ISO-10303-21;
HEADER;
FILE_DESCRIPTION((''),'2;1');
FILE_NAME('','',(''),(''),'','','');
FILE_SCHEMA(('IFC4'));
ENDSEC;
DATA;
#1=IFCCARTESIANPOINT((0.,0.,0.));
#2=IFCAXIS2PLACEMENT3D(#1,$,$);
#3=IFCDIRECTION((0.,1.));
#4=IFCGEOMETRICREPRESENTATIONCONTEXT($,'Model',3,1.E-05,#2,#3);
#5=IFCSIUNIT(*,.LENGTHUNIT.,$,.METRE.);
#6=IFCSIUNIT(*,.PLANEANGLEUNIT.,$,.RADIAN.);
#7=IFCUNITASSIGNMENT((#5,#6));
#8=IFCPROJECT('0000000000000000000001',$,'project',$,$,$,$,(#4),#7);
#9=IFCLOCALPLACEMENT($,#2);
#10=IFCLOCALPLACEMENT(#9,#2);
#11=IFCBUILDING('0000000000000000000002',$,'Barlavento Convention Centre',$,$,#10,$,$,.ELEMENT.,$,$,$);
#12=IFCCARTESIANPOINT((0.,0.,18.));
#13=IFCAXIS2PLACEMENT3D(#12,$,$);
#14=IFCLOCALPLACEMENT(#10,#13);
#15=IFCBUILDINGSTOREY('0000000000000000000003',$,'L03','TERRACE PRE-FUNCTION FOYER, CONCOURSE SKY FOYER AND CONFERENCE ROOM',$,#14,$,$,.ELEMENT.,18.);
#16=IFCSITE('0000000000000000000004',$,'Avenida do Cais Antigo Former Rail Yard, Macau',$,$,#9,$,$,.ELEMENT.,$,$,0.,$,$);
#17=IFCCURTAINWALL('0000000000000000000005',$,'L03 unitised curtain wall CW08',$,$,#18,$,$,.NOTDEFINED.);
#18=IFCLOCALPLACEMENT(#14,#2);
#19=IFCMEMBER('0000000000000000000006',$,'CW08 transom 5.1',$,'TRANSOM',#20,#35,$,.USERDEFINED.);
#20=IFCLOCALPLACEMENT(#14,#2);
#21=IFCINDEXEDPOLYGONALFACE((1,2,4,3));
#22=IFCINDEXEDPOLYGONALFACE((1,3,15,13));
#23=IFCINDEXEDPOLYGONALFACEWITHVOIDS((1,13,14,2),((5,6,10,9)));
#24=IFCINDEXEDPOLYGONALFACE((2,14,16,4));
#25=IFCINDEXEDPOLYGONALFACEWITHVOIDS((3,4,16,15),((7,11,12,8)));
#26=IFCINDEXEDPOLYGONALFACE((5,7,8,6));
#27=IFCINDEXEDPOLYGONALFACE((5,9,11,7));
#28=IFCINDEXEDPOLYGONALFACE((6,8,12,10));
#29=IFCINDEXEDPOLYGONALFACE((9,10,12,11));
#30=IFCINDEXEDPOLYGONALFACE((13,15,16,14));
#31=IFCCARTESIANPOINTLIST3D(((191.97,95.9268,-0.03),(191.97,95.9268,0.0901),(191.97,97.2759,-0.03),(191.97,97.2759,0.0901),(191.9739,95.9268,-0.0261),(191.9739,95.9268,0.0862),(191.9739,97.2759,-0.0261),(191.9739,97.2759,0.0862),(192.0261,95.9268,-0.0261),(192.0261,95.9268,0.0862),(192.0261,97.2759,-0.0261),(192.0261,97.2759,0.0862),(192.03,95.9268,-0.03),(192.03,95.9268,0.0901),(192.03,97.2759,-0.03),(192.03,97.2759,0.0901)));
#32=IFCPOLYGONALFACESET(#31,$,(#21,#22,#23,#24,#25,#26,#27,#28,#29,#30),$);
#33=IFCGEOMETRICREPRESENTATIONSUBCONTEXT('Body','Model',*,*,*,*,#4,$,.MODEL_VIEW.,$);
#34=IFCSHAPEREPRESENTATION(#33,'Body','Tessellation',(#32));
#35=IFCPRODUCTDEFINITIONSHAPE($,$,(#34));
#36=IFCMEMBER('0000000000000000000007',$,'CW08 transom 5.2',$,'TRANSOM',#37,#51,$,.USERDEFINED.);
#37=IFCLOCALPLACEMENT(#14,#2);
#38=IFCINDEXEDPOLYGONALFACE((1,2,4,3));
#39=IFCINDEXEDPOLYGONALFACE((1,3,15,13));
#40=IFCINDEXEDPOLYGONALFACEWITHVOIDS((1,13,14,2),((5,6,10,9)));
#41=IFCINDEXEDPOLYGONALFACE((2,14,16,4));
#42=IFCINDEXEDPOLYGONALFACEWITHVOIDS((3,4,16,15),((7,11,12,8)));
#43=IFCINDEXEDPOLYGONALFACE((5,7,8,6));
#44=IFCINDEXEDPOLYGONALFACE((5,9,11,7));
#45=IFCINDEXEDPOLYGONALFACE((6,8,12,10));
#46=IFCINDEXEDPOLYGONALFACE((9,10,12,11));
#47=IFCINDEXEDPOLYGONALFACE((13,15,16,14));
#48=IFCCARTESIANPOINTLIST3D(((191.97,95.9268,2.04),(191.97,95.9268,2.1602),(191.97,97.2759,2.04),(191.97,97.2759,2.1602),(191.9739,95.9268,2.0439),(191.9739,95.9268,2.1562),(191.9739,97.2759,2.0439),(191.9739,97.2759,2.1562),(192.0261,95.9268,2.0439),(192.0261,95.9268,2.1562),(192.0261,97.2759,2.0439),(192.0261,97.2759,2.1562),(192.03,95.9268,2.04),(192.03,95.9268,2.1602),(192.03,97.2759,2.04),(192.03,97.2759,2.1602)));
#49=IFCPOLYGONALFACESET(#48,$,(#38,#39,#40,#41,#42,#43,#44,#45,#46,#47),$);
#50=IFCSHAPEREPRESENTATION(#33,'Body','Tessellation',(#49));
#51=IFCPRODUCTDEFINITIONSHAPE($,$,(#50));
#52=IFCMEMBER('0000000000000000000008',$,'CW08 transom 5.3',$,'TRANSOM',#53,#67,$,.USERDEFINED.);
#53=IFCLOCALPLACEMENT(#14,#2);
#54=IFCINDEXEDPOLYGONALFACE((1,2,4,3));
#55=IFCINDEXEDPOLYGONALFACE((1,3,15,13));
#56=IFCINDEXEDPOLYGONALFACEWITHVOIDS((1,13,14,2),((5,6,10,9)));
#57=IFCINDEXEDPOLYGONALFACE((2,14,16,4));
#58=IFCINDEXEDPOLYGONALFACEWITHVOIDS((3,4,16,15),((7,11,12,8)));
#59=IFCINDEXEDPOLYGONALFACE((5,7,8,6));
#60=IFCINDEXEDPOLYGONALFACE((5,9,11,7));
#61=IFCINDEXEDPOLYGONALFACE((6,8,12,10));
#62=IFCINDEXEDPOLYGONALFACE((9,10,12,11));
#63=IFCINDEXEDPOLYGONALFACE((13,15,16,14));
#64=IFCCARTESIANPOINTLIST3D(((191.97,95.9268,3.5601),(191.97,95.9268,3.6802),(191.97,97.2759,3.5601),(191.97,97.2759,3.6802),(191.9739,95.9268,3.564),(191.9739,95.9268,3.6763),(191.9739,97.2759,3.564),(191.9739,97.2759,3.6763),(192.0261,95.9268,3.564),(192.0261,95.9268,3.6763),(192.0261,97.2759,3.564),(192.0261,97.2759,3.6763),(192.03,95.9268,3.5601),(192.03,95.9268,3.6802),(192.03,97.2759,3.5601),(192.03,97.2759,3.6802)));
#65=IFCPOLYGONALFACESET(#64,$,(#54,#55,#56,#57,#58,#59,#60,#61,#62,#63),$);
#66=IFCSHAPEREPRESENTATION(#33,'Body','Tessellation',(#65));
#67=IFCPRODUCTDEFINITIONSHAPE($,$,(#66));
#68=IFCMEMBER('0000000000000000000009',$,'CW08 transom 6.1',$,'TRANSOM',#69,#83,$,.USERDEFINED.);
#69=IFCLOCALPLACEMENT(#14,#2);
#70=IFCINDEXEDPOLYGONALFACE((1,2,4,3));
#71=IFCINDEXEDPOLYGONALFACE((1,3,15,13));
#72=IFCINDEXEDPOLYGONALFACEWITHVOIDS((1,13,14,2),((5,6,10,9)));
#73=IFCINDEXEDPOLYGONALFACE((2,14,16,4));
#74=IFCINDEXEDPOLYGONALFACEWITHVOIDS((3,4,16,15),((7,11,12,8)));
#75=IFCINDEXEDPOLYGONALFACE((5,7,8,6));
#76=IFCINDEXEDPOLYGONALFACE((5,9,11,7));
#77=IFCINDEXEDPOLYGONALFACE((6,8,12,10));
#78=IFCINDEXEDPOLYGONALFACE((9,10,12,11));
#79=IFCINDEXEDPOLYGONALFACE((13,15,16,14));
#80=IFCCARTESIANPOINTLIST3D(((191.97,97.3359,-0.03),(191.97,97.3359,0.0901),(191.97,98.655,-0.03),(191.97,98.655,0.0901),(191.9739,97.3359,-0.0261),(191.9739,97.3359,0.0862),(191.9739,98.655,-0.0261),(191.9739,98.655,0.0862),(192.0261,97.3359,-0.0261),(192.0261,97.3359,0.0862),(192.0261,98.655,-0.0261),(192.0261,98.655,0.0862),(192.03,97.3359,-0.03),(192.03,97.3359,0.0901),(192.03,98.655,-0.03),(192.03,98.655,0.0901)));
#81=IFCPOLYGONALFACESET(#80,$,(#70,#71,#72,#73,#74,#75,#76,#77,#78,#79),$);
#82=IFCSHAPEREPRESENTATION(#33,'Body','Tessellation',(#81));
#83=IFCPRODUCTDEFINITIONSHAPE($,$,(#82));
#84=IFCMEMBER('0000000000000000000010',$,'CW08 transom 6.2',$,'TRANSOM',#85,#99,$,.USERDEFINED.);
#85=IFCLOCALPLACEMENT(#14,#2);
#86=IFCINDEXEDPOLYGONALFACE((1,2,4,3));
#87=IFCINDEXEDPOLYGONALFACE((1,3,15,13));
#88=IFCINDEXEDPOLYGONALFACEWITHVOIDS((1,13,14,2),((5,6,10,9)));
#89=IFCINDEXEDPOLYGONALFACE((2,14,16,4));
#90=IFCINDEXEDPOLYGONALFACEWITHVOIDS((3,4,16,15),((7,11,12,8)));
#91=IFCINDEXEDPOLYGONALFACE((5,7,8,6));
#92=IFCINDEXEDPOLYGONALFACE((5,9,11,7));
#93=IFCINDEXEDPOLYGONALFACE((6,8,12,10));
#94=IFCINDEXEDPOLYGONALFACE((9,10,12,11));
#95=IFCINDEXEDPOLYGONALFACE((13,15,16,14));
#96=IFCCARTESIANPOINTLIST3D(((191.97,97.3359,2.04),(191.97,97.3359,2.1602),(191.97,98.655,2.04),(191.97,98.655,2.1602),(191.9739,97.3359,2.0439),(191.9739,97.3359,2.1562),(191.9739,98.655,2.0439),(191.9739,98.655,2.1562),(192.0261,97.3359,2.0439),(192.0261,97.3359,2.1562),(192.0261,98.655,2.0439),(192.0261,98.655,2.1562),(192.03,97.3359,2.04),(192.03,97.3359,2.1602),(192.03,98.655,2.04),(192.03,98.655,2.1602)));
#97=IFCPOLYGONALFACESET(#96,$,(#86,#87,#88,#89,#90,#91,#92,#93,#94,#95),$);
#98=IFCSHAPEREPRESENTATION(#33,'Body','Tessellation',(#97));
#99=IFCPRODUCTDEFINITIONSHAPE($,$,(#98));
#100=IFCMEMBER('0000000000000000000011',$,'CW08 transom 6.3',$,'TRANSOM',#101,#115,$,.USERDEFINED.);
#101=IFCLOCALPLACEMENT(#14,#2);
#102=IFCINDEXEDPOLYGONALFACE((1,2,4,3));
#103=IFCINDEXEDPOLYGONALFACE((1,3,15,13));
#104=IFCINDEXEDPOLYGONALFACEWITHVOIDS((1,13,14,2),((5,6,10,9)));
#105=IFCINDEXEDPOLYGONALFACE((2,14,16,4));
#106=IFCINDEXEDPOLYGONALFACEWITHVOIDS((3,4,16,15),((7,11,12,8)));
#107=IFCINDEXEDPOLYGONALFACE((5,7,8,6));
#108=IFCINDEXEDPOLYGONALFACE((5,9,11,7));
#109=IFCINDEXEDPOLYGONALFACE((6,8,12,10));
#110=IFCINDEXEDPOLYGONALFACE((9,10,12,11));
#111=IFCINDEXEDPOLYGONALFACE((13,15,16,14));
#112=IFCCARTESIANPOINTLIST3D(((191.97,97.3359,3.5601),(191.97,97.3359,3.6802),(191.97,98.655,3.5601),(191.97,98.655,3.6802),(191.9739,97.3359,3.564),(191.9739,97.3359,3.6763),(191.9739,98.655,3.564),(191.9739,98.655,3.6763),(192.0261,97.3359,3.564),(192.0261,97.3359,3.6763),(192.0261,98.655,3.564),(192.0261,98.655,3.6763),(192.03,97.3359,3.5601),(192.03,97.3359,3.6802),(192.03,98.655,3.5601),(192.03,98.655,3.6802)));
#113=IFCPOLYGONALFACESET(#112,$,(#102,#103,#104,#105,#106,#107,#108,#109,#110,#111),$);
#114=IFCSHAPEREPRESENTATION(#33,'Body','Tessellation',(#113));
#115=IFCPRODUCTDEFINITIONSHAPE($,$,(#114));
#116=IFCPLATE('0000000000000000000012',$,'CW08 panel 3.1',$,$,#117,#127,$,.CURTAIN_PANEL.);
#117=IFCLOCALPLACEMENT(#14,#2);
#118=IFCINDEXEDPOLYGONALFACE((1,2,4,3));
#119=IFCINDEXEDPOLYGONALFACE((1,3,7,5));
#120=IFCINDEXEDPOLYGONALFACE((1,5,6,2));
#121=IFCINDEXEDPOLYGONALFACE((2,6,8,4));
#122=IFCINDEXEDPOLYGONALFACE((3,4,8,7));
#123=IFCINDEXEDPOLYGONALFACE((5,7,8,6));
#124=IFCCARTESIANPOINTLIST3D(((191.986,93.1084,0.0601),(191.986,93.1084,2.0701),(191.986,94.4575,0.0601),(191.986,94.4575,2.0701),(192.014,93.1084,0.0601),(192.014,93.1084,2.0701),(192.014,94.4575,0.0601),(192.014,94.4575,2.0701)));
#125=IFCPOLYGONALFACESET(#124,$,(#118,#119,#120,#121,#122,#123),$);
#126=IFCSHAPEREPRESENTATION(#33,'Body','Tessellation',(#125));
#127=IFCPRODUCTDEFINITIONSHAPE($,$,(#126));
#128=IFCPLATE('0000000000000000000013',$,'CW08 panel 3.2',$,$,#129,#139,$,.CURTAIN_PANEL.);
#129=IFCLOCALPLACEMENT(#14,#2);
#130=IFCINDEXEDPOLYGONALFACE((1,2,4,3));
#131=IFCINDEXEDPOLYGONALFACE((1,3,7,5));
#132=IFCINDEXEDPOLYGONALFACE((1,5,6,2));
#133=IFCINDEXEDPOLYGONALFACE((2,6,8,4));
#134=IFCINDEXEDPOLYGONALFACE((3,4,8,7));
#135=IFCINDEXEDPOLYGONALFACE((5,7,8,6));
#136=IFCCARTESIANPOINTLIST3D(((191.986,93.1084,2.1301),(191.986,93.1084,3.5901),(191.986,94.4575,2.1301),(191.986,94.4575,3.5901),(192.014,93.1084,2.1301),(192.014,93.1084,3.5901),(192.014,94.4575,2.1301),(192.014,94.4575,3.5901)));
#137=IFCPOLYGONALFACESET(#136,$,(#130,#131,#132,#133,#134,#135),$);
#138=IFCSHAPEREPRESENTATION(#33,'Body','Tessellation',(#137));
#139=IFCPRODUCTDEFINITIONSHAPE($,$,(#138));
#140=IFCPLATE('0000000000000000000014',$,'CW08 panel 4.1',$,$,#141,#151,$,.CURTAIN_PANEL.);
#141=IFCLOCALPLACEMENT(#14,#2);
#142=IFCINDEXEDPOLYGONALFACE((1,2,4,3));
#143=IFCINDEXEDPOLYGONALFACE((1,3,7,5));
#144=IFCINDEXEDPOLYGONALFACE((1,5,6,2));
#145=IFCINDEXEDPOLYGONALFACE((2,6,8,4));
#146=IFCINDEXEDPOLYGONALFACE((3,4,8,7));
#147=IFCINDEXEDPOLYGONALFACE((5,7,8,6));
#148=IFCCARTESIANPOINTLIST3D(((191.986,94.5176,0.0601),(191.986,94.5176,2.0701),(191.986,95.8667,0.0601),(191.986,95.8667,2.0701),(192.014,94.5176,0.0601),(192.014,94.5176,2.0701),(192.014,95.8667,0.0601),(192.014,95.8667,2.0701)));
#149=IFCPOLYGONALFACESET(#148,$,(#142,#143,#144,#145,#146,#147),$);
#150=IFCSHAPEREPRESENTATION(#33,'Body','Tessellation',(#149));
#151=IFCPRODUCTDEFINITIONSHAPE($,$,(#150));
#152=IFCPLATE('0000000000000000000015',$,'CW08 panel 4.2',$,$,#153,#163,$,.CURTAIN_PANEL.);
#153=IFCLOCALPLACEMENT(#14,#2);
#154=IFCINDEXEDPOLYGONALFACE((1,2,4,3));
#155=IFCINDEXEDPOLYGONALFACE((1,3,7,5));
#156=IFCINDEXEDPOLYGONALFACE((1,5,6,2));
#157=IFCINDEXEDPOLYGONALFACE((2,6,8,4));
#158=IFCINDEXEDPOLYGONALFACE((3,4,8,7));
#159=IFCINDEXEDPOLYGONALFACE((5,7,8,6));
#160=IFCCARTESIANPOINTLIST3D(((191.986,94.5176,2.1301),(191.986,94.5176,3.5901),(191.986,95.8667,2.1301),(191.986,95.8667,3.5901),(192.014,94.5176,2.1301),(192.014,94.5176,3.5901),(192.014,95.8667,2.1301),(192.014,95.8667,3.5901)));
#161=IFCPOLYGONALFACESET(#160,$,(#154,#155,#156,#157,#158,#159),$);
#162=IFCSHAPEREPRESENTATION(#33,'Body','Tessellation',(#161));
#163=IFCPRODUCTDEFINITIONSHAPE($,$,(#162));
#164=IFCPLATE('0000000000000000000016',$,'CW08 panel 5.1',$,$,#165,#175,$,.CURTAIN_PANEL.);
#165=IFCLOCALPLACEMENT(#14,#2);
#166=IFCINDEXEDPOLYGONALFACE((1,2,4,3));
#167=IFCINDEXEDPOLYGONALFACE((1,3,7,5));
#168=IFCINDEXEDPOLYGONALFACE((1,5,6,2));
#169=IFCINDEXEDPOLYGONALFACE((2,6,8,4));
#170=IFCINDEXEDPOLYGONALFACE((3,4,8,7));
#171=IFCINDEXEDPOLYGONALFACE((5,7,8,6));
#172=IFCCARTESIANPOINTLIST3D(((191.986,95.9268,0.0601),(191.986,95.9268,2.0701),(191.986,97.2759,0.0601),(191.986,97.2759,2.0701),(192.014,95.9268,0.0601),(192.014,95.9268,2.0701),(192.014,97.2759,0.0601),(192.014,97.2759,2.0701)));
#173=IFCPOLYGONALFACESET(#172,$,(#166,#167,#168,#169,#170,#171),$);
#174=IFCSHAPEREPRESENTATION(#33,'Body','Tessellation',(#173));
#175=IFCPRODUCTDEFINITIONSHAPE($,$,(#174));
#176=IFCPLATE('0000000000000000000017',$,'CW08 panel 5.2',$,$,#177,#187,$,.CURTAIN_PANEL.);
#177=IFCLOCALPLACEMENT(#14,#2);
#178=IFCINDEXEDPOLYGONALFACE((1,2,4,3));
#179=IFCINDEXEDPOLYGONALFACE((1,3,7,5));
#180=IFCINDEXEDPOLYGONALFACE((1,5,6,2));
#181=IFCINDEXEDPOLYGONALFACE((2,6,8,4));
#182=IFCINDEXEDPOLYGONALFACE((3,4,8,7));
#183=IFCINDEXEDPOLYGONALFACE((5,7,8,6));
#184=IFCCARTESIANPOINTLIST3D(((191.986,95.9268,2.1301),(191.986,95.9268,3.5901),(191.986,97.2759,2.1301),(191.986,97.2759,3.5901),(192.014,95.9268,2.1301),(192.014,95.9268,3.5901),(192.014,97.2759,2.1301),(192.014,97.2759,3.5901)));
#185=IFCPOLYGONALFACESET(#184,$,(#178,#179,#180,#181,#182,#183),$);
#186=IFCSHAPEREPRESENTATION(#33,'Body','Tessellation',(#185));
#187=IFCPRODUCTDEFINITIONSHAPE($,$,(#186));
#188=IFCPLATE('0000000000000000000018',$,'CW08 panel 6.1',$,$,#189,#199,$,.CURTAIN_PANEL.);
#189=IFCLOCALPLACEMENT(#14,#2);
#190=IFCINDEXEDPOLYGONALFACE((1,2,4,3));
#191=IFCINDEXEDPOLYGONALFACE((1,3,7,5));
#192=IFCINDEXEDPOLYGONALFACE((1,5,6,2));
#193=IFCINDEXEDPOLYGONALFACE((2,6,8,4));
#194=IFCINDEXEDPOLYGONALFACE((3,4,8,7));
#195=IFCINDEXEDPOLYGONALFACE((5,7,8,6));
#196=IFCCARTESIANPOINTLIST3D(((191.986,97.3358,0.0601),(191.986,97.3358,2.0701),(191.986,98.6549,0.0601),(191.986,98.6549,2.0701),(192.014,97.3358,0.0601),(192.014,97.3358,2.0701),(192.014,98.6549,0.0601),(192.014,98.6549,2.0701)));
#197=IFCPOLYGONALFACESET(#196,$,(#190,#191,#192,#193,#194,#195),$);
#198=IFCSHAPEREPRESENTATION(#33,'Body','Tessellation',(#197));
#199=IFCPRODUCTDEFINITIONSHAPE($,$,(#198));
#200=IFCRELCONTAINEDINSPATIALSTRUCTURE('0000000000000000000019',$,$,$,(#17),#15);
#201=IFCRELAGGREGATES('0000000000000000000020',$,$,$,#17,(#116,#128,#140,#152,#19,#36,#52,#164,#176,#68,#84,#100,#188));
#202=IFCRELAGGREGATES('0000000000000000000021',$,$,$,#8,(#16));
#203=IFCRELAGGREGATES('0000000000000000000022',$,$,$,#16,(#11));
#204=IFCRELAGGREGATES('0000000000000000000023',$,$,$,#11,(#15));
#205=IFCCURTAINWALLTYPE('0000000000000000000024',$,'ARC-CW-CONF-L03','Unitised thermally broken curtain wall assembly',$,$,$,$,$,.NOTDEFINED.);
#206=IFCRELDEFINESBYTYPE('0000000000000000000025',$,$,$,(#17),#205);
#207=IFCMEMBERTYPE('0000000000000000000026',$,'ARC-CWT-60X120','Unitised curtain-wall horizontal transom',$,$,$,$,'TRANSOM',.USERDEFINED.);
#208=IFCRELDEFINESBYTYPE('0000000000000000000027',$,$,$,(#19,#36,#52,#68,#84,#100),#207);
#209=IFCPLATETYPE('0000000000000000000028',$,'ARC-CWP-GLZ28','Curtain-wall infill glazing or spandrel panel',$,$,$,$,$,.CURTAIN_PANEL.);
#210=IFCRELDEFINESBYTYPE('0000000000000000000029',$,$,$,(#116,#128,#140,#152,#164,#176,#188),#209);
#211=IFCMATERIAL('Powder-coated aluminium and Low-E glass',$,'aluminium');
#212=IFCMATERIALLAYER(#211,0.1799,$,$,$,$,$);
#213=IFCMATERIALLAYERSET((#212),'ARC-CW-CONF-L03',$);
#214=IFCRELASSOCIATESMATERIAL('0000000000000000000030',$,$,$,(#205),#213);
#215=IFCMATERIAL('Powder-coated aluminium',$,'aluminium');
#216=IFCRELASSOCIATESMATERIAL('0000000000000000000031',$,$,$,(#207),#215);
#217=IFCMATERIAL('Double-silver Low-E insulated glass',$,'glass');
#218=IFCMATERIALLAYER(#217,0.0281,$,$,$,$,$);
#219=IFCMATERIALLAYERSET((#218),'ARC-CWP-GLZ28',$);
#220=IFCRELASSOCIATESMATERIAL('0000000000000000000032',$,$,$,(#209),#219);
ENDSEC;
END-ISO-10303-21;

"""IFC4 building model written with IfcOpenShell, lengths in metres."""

from ifc_helpers import new_model, si_unit, direction, frame, origin, origin_2d, place, context, subcontext, project, spatial, rectangle, hollow_rectangle, extrude, material, layer, layer_set, material_profile, profile_set, type_object, element, aggregate, save


model = new_model("IFC4")

# Units and contexts
model_context = context("Model", 3, precision=1e-05, world=origin(), true_north=direction((0.0, 1.0)))
body_context = subcontext(model_context, "Body", "Model", "MODEL_VIEW")
ifc_project = project(units=[si_unit("LENGTHUNIT", "METRE"), si_unit("PLANEANGLEUNIT", "RADIAN")], contexts=[model_context])

# Site, building, storey
site_placement = place(None, origin())
site = spatial("IfcSite", under=ifc_project, at=site_placement, Name="Avenida do Cais Antigo Former Rail Yard, Macau", CompositionType="ELEMENT", RefElevation=0.0)
building_placement = place(site_placement, origin())
building = spatial("IfcBuilding", under=site, at=building_placement, Name="Barlavento Convention Centre", CompositionType="ELEMENT")
storey_placement = place(building_placement, frame((0.0, 0.0, 18.0)))
storey = spatial("IfcBuildingStorey", under=building, at=storey_placement, Name="L03", Description="TERRACE PRE-FUNCTION FOYER, CONCOURSE SKY FOYER AND CONFERENCE ROOM", CompositionType="ELEMENT", Elevation=18.0)

# Curtain wall, members, plates
ifc_material_1 = material(Name="Powder-coated aluminium and Low-E glass", Category="aluminium")
ifc_layer_1 = layer(ifc_material_1, 0.1799)
ifc_layer_set_1 = layer_set([ifc_layer_1], Name="ARC-CW-CONF-L03")
curtain_wall_type = type_object("IfcCurtainWallType", Name="ARC-CW-CONF-L03", Description="Unitised thermally broken curtain wall assembly", PredefinedType="NOTDEFINED", material=ifc_layer_set_1)
curtain_wall_placement = place(storey_placement, origin())
curtain_wall = element("IfcCurtainWall", 1, at=curtain_wall_placement, inside=storey, type_object=curtain_wall_type, Name="L03 unitised curtain wall CW08", PredefinedType="NOTDEFINED")
ifc_material_2 = material(Name="Powder-coated aluminium", Category="aluminium")
ifc_material_profile_1 = material_profile(ifc_material_2, hollow_rectangle(XDim=0.0601, YDim=0.1201, WallThickness=0.0039, at=origin_2d()), Name="AL-TRAN 60x120x4")
ifc_profile_set_1 = profile_set([ifc_material_profile_1], Name="Powder-coated aluminium")
member_type_1 = type_object("IfcMemberType", Name="ARC-CWT-60X120", Description="Unitised curtain-wall horizontal transom", ElementType="TRANSOM", PredefinedType="USERDEFINED", material=ifc_profile_set_1)
member_1_placement = place(storey_placement, frame((192.0, 95.9268, 0.03), z_axis=(0.0, 1.0, 0.0), x_axis=(-1.0, 0.0, 0.0)))
member_1 = element("IfcMember", 2, at=member_1_placement, type_object=member_type_1, Name="CW08 transom 5.1", ObjectType="TRANSOM", PredefinedType="USERDEFINED", context=body_context, shape_type="SweptSolid", body=[
    extrude(hollow_rectangle(XDim=0.0601, YDim=0.1201, WallThickness=0.0039, at=origin_2d()), origin(), (0.0, 0.0, 1.0), 1.3491),
])
member_2_placement = place(storey_placement, frame((192.0, 95.9268, 2.1001), z_axis=(0.0, 1.0, 0.0), x_axis=(-1.0, 0.0, 0.0)))
member_2 = element("IfcMember", 3, at=member_2_placement, type_object=member_type_1, Name="CW08 transom 5.2", ObjectType="TRANSOM", PredefinedType="USERDEFINED", context=body_context, shape_type="SweptSolid", body=[
    extrude(hollow_rectangle(XDim=0.0601, YDim=0.1201, WallThickness=0.0039, at=origin_2d()), origin(), (0.0, 0.0, 1.0), 1.3491),
])
member_3_placement = place(storey_placement, frame((192.0, 95.9268, 3.6201), z_axis=(0.0, 1.0, 0.0), x_axis=(-1.0, 0.0, 0.0)))
member_3 = element("IfcMember", 4, at=member_3_placement, type_object=member_type_1, Name="CW08 transom 5.3", ObjectType="TRANSOM", PredefinedType="USERDEFINED", context=body_context, shape_type="SweptSolid", body=[
    extrude(hollow_rectangle(XDim=0.0601, YDim=0.1201, WallThickness=0.0039, at=origin_2d()), origin(), (0.0, 0.0, 1.0), 1.3491),
])
member_4_placement = place(storey_placement, frame((192.0, 97.3359, 0.03), z_axis=(0.0, 1.0, 0.0), x_axis=(-1.0, 0.0, 0.0)))
member_4 = element("IfcMember", 5, at=member_4_placement, type_object=member_type_1, Name="CW08 transom 6.1", ObjectType="TRANSOM", PredefinedType="USERDEFINED", context=body_context, shape_type="SweptSolid", body=[
    extrude(hollow_rectangle(XDim=0.0601, YDim=0.1201, WallThickness=0.0039, at=origin_2d()), origin(), (0.0, 0.0, 1.0), 1.3191),
])
member_5_placement = place(storey_placement, frame((192.0, 97.3359, 2.1001), z_axis=(0.0, 1.0, 0.0), x_axis=(-1.0, 0.0, 0.0)))
member_5 = element("IfcMember", 6, at=member_5_placement, type_object=member_type_1, Name="CW08 transom 6.2", ObjectType="TRANSOM", PredefinedType="USERDEFINED", context=body_context, shape_type="SweptSolid", body=[
    extrude(hollow_rectangle(XDim=0.0601, YDim=0.1201, WallThickness=0.0039, at=origin_2d()), origin(), (0.0, 0.0, 1.0), 1.3191),
])
member_6_placement = place(storey_placement, frame((192.0, 97.3359, 3.6201), z_axis=(0.0, 1.0, 0.0), x_axis=(-1.0, 0.0, 0.0)))
member_6 = element("IfcMember", 7, at=member_6_placement, type_object=member_type_1, Name="CW08 transom 6.3", ObjectType="TRANSOM", PredefinedType="USERDEFINED", context=body_context, shape_type="SweptSolid", body=[
    extrude(hollow_rectangle(XDim=0.0601, YDim=0.1201, WallThickness=0.0039, at=origin_2d()), origin(), (0.0, 0.0, 1.0), 1.3191),
])
ifc_material_3 = material(Name="Double-silver Low-E insulated glass", Category="glass")
ifc_layer_2 = layer(ifc_material_3, 0.0281)
ifc_layer_set_2 = layer_set([ifc_layer_2], Name="ARC-CWP-GLZ28")
plate_type = type_object("IfcPlateType", Name="ARC-CWP-GLZ28", Description="Curtain-wall infill glazing or spandrel panel", PredefinedType="CURTAIN_PANEL", material=ifc_layer_set_2)
plate_1_placement = place(storey_placement, frame((192.0, 93.783, 0.0601), z_axis=(0.0, 0.0, 1.0), x_axis=(0.0, 1.0, 0.0)))
plate_1 = element("IfcPlate", 8, at=plate_1_placement, type_object=plate_type, Name="CW08 panel 3.1", PredefinedType="CURTAIN_PANEL", context=body_context, shape_type="SweptSolid", body=[
    extrude(rectangle(XDim=1.3491, YDim=0.0281, at=origin_2d()), origin(), (0.0, 0.0, 1.0), 2.01),
])
plate_2_placement = place(storey_placement, frame((192.0, 93.783, 2.1301), z_axis=(0.0, 0.0, 1.0), x_axis=(0.0, 1.0, 0.0)))
plate_2 = element("IfcPlate", 9, at=plate_2_placement, type_object=plate_type, Name="CW08 panel 3.2", PredefinedType="CURTAIN_PANEL", context=body_context, shape_type="SweptSolid", body=[
    extrude(rectangle(XDim=1.3491, YDim=0.0281, at=origin_2d()), origin(), (0.0, 0.0, 1.0), 1.46),
])
plate_3_placement = place(storey_placement, frame((192.0, 95.1921, 0.0601), z_axis=(0.0, 0.0, 1.0), x_axis=(0.0, 1.0, 0.0)))
plate_3 = element("IfcPlate", 10, at=plate_3_placement, type_object=plate_type, Name="CW08 panel 4.1", PredefinedType="CURTAIN_PANEL", context=body_context, shape_type="SweptSolid", body=[
    extrude(rectangle(XDim=1.3491, YDim=0.0281, at=origin_2d()), origin(), (0.0, 0.0, 1.0), 2.01),
])
plate_4_placement = place(storey_placement, frame((192.0, 95.1921, 2.1301), z_axis=(0.0, 0.0, 1.0), x_axis=(0.0, 1.0, 0.0)))
plate_4 = element("IfcPlate", 11, at=plate_4_placement, type_object=plate_type, Name="CW08 panel 4.2", PredefinedType="CURTAIN_PANEL", context=body_context, shape_type="SweptSolid", body=[
    extrude(rectangle(XDim=1.3491, YDim=0.0281, at=origin_2d()), origin(), (0.0, 0.0, 1.0), 1.46),
])
plate_5_placement = place(storey_placement, frame((192.0, 96.6013, 0.0601), z_axis=(0.0, 0.0, 1.0), x_axis=(0.0, 1.0, 0.0)))
plate_5 = element("IfcPlate", 12, at=plate_5_placement, type_object=plate_type, Name="CW08 panel 5.1", PredefinedType="CURTAIN_PANEL", context=body_context, shape_type="SweptSolid", body=[
    extrude(rectangle(XDim=1.3491, YDim=0.0281, at=origin_2d()), origin(), (0.0, 0.0, 1.0), 2.01),
])
plate_6_placement = place(storey_placement, frame((192.0, 96.6013, 2.1301), z_axis=(0.0, 0.0, 1.0), x_axis=(0.0, 1.0, 0.0)))
plate_6 = element("IfcPlate", 13, at=plate_6_placement, type_object=plate_type, Name="CW08 panel 5.2", PredefinedType="CURTAIN_PANEL", context=body_context, shape_type="SweptSolid", body=[
    extrude(rectangle(XDim=1.3491, YDim=0.0281, at=origin_2d()), origin(), (0.0, 0.0, 1.0), 1.46),
])
plate_7_placement = place(storey_placement, frame((192.0, 97.9954, 0.0601), z_axis=(0.0, 0.0, 1.0), x_axis=(0.0, 1.0, 0.0)))
plate_7 = element("IfcPlate", 14, at=plate_7_placement, type_object=plate_type, Name="CW08 panel 6.1", PredefinedType="CURTAIN_PANEL", context=body_context, shape_type="SweptSolid", body=[
    extrude(rectangle(XDim=1.3191, YDim=0.0281, at=origin_2d()), origin(), (0.0, 0.0, 1.0), 2.01),
])
aggregate(curtain_wall, [plate_1, plate_2, plate_3, plate_4, member_1, member_2, member_3, plate_5, plate_6, member_4, member_5, member_6, plate_7])

save(model, "model.ifc")
